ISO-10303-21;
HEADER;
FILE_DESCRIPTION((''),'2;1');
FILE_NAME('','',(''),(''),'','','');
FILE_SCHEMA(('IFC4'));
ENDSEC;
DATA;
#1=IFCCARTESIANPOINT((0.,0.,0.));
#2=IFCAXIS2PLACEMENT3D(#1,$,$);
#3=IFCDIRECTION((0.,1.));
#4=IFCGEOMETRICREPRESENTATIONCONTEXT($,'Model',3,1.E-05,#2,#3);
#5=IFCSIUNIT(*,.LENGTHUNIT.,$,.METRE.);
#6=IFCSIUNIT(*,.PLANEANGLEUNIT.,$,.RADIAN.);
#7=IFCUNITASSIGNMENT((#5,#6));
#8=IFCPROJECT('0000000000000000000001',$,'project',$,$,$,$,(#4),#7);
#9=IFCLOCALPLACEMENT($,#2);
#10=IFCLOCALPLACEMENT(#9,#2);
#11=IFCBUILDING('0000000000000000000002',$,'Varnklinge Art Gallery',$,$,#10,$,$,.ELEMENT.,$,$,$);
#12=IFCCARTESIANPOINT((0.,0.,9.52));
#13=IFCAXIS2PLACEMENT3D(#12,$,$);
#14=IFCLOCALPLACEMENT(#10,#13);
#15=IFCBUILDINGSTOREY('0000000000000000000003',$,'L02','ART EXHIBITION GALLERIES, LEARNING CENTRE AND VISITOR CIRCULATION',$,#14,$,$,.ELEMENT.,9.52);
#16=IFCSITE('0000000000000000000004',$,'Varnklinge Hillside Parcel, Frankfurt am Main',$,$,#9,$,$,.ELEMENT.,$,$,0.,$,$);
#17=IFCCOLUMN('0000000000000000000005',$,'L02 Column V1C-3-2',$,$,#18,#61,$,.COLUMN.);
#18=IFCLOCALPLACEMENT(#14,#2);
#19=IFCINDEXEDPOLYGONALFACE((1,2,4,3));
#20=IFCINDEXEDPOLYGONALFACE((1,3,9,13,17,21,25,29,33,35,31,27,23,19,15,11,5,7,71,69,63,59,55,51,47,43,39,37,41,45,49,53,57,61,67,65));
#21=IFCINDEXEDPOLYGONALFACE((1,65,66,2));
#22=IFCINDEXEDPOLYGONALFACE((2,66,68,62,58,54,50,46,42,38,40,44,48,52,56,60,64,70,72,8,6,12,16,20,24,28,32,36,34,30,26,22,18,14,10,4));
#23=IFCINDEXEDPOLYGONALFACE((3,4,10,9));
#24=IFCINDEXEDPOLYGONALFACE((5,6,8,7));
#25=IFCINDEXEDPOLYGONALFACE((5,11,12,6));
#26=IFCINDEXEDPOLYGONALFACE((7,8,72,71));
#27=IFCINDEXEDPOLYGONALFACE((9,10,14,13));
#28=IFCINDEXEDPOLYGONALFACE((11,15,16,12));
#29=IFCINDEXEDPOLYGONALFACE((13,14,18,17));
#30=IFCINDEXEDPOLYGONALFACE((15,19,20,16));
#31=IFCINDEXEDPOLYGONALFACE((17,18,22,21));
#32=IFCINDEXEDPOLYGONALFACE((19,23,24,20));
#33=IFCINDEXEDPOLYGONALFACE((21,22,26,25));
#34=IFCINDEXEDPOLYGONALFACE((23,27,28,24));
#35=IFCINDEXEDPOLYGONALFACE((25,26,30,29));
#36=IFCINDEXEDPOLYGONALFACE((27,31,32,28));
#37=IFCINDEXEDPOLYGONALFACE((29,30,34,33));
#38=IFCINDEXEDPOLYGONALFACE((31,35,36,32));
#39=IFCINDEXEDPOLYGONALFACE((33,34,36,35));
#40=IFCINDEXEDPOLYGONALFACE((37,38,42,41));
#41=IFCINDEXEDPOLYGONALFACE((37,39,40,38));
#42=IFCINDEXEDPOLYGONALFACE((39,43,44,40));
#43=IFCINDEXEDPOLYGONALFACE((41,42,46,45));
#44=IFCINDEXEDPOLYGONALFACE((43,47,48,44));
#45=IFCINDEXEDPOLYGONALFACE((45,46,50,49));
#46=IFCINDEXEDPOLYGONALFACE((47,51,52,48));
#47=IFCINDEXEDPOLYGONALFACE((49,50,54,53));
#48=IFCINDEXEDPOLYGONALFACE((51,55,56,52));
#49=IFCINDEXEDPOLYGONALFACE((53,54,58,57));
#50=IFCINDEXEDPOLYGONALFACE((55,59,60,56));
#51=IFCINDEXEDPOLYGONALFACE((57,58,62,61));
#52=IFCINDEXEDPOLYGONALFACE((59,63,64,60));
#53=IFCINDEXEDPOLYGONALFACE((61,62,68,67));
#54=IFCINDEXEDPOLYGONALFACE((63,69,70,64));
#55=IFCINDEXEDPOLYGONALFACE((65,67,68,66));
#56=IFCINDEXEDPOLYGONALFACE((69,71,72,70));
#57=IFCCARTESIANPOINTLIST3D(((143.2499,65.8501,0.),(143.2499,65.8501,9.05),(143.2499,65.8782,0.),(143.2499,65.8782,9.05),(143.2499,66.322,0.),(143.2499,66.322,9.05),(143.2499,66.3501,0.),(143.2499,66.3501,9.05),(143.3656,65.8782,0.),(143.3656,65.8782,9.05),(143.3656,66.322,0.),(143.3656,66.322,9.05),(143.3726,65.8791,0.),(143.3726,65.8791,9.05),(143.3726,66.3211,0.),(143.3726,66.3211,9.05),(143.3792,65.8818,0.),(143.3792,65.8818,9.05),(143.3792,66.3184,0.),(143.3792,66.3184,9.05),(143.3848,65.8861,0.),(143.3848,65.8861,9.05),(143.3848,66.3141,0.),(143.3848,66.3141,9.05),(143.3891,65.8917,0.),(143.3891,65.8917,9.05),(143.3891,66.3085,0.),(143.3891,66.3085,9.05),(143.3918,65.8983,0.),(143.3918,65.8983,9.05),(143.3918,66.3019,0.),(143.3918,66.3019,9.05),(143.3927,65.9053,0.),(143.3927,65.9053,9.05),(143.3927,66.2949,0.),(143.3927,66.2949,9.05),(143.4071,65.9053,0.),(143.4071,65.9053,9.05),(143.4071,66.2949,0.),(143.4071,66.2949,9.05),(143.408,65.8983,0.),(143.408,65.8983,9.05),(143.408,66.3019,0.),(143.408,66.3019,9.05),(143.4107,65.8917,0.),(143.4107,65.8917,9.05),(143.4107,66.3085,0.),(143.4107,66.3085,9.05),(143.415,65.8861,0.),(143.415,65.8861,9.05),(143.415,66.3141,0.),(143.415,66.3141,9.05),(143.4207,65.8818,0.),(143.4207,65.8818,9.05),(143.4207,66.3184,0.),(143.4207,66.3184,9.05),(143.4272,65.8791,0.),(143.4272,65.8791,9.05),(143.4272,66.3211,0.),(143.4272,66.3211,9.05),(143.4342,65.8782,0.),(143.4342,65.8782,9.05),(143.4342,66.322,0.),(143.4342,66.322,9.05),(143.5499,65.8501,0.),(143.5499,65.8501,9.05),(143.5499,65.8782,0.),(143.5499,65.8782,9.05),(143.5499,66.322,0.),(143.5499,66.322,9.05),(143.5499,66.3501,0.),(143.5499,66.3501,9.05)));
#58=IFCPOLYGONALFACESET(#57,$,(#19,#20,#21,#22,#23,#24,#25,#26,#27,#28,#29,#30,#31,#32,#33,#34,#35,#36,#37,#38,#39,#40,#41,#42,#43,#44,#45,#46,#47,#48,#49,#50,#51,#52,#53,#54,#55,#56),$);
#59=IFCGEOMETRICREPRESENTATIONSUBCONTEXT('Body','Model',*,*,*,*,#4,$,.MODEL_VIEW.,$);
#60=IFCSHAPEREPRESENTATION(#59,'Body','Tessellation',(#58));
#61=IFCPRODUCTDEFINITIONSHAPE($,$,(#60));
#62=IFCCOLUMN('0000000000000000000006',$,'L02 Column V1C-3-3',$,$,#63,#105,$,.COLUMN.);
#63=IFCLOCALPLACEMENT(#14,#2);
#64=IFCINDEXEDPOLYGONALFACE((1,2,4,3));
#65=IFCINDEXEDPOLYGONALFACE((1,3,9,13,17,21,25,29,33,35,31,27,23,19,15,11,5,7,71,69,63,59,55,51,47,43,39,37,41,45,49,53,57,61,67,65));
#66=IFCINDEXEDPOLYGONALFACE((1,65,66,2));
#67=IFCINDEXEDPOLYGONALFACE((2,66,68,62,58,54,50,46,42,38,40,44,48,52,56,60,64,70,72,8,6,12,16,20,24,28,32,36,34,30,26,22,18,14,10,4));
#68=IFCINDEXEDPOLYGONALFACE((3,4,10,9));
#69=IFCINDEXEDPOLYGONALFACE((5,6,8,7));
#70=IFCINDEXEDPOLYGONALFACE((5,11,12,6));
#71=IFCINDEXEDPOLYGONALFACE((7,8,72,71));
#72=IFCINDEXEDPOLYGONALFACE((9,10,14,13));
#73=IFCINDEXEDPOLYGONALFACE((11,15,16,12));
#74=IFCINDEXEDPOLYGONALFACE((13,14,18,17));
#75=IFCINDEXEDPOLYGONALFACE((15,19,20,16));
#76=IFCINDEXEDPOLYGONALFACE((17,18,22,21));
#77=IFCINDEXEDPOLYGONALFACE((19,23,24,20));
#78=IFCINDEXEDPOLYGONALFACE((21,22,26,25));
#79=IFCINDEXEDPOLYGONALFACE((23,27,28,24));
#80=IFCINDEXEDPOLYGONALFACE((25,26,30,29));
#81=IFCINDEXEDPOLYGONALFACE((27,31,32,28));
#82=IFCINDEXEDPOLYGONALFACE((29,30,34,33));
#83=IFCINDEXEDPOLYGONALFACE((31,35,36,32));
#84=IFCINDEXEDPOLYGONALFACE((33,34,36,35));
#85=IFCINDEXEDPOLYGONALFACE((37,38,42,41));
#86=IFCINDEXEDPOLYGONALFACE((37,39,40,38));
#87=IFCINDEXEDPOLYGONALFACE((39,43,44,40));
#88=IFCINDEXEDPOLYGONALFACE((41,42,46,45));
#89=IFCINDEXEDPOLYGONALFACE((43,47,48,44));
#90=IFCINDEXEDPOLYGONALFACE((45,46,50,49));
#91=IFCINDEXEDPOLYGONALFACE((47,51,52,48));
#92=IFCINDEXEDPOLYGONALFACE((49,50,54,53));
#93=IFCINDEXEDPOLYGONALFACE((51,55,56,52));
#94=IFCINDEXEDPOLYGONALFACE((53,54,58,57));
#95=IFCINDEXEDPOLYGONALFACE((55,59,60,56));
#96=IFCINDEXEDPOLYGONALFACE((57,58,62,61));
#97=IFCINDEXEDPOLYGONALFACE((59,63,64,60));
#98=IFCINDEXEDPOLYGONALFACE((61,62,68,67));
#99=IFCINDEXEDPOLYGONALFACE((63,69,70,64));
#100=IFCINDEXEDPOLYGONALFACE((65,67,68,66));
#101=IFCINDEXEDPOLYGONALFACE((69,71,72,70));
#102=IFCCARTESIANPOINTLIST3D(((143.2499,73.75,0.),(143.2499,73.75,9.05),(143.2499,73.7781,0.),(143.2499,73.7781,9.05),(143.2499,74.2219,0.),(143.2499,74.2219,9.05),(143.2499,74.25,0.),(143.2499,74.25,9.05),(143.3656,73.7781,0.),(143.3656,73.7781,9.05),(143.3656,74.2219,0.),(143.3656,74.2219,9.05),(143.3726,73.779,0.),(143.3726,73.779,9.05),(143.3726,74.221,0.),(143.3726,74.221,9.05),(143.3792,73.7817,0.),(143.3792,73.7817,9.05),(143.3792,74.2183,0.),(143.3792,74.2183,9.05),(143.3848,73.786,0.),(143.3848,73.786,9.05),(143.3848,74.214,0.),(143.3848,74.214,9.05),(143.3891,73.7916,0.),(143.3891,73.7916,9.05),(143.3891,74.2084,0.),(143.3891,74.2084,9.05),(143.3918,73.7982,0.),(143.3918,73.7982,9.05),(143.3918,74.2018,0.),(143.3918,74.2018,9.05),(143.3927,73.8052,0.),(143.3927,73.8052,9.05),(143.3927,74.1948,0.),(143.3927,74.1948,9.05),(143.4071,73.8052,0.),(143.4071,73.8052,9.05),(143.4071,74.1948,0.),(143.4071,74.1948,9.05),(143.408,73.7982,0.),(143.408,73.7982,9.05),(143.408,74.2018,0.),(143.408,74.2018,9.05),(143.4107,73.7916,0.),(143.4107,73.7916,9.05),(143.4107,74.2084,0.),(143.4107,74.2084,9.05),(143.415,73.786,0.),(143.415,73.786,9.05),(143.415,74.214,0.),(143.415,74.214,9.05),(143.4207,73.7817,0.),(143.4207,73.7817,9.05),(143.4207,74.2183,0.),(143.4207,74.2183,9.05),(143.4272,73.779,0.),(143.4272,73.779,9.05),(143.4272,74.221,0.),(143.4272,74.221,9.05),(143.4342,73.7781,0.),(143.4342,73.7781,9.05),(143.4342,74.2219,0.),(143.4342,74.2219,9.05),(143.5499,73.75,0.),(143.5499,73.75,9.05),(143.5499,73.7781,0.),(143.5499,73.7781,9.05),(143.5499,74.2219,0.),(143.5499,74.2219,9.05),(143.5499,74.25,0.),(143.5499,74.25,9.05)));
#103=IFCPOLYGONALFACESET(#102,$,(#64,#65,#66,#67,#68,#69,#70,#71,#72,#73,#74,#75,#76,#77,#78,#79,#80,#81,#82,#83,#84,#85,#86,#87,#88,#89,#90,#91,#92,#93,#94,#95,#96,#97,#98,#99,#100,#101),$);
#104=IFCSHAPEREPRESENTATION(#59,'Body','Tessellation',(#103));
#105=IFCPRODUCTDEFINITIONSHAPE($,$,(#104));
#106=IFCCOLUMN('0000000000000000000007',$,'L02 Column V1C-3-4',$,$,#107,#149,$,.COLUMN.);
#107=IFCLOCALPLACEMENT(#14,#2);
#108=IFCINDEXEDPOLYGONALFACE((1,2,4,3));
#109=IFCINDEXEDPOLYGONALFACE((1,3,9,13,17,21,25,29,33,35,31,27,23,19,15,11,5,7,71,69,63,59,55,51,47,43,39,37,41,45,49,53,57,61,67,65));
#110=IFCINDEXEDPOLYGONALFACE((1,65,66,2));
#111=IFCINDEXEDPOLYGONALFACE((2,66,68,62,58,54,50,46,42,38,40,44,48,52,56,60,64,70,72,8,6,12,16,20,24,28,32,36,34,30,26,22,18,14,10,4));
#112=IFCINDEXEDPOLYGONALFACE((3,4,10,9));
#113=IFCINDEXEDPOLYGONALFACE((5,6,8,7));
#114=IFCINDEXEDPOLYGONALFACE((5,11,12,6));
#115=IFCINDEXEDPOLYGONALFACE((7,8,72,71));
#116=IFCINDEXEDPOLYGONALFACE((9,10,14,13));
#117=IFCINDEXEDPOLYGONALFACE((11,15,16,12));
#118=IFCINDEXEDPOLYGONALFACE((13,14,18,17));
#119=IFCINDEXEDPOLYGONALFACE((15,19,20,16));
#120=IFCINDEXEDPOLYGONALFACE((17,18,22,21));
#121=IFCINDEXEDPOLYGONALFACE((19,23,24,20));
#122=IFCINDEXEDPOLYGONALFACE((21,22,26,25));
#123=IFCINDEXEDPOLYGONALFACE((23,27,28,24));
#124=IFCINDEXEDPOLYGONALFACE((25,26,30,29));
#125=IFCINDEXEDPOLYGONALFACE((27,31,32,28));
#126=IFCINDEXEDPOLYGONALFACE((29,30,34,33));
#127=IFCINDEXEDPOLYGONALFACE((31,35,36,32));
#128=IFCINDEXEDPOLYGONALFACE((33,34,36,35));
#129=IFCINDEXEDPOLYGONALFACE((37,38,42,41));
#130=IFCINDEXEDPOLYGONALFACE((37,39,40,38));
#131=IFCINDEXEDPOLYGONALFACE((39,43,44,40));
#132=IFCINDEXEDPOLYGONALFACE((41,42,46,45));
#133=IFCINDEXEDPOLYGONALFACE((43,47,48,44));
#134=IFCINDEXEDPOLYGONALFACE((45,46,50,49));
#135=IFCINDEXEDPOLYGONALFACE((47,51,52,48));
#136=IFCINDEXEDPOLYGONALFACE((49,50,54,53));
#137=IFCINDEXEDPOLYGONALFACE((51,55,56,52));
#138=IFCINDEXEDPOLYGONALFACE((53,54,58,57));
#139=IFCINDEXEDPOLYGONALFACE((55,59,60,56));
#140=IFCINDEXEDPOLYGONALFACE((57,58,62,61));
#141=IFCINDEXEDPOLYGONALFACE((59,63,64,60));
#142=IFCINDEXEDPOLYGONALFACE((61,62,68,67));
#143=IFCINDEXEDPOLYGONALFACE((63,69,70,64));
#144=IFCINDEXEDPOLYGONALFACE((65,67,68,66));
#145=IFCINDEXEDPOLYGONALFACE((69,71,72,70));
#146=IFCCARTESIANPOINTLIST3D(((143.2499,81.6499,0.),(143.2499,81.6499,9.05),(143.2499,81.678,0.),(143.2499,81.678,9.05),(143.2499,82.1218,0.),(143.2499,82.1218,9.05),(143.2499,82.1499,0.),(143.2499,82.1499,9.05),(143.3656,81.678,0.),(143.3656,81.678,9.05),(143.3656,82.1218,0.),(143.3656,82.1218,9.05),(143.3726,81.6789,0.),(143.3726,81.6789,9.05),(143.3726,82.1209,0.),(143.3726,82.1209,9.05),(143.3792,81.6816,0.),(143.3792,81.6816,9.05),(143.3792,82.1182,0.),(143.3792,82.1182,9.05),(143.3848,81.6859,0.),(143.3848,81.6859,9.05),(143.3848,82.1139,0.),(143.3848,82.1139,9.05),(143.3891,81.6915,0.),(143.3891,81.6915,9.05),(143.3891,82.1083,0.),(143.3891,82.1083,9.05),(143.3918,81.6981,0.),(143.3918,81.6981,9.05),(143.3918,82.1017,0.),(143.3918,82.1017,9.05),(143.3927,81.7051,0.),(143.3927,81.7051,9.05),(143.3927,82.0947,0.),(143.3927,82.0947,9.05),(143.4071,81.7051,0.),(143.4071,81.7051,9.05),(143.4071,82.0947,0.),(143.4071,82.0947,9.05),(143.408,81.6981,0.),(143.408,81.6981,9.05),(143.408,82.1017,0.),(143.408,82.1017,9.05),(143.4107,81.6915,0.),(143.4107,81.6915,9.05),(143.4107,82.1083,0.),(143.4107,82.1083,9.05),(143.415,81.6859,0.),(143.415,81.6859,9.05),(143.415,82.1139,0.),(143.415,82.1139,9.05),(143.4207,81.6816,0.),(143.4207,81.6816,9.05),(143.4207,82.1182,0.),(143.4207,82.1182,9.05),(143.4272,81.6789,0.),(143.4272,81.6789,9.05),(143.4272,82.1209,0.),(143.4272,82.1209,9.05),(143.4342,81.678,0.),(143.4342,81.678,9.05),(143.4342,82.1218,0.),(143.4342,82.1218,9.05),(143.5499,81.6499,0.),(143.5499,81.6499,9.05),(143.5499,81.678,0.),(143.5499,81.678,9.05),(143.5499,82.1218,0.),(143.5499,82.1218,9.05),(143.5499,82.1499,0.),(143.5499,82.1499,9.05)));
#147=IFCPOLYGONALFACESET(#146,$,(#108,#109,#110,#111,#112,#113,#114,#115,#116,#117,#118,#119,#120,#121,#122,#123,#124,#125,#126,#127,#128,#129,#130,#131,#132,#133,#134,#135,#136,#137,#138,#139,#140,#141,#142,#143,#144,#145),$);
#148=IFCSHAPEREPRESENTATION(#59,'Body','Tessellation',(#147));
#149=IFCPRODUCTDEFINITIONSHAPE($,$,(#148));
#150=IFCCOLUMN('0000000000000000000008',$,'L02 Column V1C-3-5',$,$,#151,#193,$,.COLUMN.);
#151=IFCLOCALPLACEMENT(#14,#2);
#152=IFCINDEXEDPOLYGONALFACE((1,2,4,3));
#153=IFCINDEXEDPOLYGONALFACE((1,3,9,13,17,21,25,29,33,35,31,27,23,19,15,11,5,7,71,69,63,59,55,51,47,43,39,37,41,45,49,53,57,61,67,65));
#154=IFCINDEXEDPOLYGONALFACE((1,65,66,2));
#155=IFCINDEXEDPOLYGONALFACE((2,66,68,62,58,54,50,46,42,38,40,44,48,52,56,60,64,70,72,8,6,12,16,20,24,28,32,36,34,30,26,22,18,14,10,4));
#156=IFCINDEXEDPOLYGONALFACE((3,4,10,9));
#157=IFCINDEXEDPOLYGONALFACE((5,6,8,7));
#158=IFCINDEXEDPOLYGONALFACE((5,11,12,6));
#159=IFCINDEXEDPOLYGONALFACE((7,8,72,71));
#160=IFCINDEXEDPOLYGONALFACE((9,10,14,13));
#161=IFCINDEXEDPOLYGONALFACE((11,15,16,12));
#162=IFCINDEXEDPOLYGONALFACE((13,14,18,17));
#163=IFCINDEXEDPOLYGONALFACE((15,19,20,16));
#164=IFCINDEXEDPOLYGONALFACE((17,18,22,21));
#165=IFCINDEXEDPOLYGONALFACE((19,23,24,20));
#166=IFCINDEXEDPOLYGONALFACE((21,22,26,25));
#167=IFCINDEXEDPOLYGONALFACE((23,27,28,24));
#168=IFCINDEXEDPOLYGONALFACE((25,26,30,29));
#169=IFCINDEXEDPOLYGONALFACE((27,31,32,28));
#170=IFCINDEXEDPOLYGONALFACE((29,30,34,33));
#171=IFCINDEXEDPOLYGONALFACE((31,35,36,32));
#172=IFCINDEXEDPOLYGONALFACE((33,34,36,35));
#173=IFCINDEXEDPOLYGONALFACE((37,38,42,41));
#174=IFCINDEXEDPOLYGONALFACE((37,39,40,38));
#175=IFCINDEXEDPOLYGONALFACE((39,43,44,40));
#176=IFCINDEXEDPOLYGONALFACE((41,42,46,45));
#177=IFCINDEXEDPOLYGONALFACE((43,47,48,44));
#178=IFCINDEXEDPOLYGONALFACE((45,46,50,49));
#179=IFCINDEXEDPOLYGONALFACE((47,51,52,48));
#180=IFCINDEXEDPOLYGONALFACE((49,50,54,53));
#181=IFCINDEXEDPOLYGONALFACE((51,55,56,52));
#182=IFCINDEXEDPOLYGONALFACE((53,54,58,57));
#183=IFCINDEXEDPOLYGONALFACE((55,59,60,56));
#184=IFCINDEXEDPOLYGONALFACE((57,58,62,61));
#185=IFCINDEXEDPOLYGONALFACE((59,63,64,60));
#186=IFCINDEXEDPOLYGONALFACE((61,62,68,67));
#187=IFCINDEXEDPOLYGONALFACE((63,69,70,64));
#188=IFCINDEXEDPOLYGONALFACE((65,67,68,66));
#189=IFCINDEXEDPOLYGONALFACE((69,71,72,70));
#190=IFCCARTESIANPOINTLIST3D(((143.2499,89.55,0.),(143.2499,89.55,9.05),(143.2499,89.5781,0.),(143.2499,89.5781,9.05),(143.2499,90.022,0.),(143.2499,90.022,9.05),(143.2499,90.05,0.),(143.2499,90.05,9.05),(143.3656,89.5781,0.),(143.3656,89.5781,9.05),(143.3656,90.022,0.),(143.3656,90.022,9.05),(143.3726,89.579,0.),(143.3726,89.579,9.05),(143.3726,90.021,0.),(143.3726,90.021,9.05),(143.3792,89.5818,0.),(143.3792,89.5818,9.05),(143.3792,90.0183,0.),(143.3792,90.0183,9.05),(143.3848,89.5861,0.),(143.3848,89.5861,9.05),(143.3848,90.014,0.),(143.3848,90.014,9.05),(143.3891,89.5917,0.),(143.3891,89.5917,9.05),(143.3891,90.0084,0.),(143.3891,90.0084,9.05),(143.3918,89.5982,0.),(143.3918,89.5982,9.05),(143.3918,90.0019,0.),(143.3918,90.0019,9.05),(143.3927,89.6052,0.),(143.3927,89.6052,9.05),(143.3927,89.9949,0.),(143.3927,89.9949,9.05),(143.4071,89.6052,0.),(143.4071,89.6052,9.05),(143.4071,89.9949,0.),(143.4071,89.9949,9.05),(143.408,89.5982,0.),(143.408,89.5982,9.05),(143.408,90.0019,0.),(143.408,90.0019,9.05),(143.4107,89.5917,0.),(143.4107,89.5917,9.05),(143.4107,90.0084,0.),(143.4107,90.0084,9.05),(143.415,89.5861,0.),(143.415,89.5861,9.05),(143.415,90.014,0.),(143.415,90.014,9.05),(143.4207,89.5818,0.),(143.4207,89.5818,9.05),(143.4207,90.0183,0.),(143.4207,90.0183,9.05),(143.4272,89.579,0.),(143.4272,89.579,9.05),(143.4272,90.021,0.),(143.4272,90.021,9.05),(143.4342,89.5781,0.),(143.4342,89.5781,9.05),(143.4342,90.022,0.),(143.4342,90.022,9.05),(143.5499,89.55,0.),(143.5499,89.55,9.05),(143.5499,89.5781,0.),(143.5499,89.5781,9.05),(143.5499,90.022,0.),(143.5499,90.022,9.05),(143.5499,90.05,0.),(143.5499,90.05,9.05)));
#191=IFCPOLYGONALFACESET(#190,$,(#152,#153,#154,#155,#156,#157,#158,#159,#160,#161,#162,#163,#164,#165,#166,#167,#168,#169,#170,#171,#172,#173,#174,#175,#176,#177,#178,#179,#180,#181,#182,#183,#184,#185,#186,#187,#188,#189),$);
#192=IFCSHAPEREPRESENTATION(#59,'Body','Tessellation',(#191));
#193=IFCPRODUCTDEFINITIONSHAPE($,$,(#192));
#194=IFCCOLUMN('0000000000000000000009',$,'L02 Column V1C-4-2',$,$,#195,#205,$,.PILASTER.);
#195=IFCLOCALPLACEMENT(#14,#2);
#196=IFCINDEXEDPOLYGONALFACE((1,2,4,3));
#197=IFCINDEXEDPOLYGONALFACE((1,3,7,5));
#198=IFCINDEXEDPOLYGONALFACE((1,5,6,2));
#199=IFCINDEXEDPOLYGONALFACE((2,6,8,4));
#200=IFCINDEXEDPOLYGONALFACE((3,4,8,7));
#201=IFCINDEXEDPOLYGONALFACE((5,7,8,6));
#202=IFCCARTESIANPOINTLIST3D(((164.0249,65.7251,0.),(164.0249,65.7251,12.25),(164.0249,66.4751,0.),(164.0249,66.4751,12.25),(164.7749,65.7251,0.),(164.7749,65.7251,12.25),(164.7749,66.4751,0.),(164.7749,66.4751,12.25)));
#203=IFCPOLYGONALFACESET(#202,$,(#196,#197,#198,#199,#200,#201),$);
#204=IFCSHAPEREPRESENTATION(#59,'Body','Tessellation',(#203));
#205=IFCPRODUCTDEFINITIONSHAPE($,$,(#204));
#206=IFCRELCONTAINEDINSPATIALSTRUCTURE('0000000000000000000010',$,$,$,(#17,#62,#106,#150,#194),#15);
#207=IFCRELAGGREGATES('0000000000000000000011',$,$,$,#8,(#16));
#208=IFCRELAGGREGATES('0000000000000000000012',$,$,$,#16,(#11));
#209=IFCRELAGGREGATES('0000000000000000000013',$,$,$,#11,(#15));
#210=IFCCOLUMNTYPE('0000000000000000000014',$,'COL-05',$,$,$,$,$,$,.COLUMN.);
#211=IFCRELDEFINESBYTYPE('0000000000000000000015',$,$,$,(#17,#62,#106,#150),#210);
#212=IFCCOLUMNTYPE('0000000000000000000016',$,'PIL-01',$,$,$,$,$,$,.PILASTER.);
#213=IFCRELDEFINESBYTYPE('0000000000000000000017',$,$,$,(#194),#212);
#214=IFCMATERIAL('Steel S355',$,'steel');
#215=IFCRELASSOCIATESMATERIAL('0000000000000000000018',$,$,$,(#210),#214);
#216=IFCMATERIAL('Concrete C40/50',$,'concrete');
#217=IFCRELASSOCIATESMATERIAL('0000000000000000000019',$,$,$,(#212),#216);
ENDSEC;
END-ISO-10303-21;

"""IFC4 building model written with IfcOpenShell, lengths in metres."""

from ifc_helpers import new_model, si_unit, direction, frame, origin, origin_2d, place, context, subcontext, project, spatial, rectangle, i_section, extrude, material, material_profile, profile_set, type_object, element, save


model = new_model("IFC4")

# Units and contexts
model_context = context("Model", 3, precision=1e-05, world=origin(), true_north=direction((0.0, 1.0)))
body_context = subcontext(model_context, "Body", "Model", "MODEL_VIEW")
ifc_project = project(units=[si_unit("LENGTHUNIT", "METRE"), si_unit("PLANEANGLEUNIT", "RADIAN")], contexts=[model_context])

# Site, building, storey
site_placement = place(None, origin())
site = spatial("IfcSite", under=ifc_project, at=site_placement, Name="Varnklinge Hillside Parcel, Frankfurt am Main", CompositionType="ELEMENT", RefElevation=0.0)
building_placement = place(site_placement, origin())
building = spatial("IfcBuilding", under=site, at=building_placement, Name="Varnklinge Art Gallery", CompositionType="ELEMENT")
storey_placement = place(building_placement, frame((0.0, 0.0, 9.52)))
storey = spatial("IfcBuildingStorey", under=building, at=storey_placement, Name="L02", Description="ART EXHIBITION GALLERIES, LEARNING CENTRE AND VISITOR CIRCULATION", CompositionType="ELEMENT", Elevation=9.52)

# Columns
ifc_material_1 = material(Name="Steel S355", Category="steel")
ifc_material_profile_1 = material_profile(ifc_material_1, i_section(OverallWidth=0.3, OverallDepth=0.5, WebThickness=0.0144, FlangeThickness=0.0281, FilletRadius=0.0271, at=origin_2d()), Name="HEB 500")
ifc_profile_set_1 = profile_set([ifc_material_profile_1], Name="Steel S355")
column_type_1 = type_object("IfcColumnType", Name="COL-05", PredefinedType="COLUMN", material=ifc_profile_set_1)
for number, where, z_axis, x_axis, name in (
    (1, (143.3999, 66.1001, 0.0), (0.0, 0.0, 1.0), (1.0, 0.0, 0.0), "L02 Column V1C-3-2"),
    (2, (143.3999, 74.0, 0.0), (0.0, 0.0, 1.0), (1.0, 0.0, 0.0), "L02 Column V1C-3-3"),
    (3, (143.3999, 81.8999, 0.0), (0.0, 0.0, 1.0), (1.0, 0.0, 0.0), "L02 Column V1C-3-4"),
    (4, (143.3999, 89.8, 0.0), (0.0, 0.0, 1.0), (1.0, 0.0, 0.0), "L02 Column V1C-3-5"),
):
    element("IfcColumn", number, at=place(storey_placement, frame(where, z_axis=z_axis, x_axis=x_axis)), inside=storey, type_object=column_type_1, Name=name, PredefinedType="COLUMN", context=body_context, shape_type="SweptSolid", body=[
        extrude(i_section(OverallWidth=0.3, OverallDepth=0.5, WebThickness=0.0144, FlangeThickness=0.0281, FilletRadius=0.0271, at=origin_2d()), origin(), (0.0, 0.0, 1.0), 9.05),
    ])
ifc_material_2 = material(Name="Concrete C40/50", Category="concrete")
ifc_material_profile_2 = material_profile(ifc_material_2, rectangle(XDim=0.75, YDim=0.75, at=origin_2d()), Name="RC 750x750")
ifc_profile_set_2 = profile_set([ifc_material_profile_2], Name="Concrete C40/50")
column_type_2 = type_object("IfcColumnType", Name="PIL-01", PredefinedType="PILASTER", material=ifc_profile_set_2)
for number, where, z_axis, x_axis, name in (
    (5, (164.3999, 66.1001, 0.0), (0.0, 0.0, 1.0), (1.0, 0.0, 0.0), "L02 Column V1C-4-2"),
):
    element("IfcColumn", number, at=place(storey_placement, frame(where, z_axis=z_axis, x_axis=x_axis)), inside=storey, type_object=column_type_2, Name=name, PredefinedType="PILASTER", context=body_context, shape_type="SweptSolid", body=[
        extrude(rectangle(XDim=0.75, YDim=0.75, at=origin_2d()), origin(), (0.0, 0.0, 1.0), 12.25),
    ])

save(model, "model.ifc")
